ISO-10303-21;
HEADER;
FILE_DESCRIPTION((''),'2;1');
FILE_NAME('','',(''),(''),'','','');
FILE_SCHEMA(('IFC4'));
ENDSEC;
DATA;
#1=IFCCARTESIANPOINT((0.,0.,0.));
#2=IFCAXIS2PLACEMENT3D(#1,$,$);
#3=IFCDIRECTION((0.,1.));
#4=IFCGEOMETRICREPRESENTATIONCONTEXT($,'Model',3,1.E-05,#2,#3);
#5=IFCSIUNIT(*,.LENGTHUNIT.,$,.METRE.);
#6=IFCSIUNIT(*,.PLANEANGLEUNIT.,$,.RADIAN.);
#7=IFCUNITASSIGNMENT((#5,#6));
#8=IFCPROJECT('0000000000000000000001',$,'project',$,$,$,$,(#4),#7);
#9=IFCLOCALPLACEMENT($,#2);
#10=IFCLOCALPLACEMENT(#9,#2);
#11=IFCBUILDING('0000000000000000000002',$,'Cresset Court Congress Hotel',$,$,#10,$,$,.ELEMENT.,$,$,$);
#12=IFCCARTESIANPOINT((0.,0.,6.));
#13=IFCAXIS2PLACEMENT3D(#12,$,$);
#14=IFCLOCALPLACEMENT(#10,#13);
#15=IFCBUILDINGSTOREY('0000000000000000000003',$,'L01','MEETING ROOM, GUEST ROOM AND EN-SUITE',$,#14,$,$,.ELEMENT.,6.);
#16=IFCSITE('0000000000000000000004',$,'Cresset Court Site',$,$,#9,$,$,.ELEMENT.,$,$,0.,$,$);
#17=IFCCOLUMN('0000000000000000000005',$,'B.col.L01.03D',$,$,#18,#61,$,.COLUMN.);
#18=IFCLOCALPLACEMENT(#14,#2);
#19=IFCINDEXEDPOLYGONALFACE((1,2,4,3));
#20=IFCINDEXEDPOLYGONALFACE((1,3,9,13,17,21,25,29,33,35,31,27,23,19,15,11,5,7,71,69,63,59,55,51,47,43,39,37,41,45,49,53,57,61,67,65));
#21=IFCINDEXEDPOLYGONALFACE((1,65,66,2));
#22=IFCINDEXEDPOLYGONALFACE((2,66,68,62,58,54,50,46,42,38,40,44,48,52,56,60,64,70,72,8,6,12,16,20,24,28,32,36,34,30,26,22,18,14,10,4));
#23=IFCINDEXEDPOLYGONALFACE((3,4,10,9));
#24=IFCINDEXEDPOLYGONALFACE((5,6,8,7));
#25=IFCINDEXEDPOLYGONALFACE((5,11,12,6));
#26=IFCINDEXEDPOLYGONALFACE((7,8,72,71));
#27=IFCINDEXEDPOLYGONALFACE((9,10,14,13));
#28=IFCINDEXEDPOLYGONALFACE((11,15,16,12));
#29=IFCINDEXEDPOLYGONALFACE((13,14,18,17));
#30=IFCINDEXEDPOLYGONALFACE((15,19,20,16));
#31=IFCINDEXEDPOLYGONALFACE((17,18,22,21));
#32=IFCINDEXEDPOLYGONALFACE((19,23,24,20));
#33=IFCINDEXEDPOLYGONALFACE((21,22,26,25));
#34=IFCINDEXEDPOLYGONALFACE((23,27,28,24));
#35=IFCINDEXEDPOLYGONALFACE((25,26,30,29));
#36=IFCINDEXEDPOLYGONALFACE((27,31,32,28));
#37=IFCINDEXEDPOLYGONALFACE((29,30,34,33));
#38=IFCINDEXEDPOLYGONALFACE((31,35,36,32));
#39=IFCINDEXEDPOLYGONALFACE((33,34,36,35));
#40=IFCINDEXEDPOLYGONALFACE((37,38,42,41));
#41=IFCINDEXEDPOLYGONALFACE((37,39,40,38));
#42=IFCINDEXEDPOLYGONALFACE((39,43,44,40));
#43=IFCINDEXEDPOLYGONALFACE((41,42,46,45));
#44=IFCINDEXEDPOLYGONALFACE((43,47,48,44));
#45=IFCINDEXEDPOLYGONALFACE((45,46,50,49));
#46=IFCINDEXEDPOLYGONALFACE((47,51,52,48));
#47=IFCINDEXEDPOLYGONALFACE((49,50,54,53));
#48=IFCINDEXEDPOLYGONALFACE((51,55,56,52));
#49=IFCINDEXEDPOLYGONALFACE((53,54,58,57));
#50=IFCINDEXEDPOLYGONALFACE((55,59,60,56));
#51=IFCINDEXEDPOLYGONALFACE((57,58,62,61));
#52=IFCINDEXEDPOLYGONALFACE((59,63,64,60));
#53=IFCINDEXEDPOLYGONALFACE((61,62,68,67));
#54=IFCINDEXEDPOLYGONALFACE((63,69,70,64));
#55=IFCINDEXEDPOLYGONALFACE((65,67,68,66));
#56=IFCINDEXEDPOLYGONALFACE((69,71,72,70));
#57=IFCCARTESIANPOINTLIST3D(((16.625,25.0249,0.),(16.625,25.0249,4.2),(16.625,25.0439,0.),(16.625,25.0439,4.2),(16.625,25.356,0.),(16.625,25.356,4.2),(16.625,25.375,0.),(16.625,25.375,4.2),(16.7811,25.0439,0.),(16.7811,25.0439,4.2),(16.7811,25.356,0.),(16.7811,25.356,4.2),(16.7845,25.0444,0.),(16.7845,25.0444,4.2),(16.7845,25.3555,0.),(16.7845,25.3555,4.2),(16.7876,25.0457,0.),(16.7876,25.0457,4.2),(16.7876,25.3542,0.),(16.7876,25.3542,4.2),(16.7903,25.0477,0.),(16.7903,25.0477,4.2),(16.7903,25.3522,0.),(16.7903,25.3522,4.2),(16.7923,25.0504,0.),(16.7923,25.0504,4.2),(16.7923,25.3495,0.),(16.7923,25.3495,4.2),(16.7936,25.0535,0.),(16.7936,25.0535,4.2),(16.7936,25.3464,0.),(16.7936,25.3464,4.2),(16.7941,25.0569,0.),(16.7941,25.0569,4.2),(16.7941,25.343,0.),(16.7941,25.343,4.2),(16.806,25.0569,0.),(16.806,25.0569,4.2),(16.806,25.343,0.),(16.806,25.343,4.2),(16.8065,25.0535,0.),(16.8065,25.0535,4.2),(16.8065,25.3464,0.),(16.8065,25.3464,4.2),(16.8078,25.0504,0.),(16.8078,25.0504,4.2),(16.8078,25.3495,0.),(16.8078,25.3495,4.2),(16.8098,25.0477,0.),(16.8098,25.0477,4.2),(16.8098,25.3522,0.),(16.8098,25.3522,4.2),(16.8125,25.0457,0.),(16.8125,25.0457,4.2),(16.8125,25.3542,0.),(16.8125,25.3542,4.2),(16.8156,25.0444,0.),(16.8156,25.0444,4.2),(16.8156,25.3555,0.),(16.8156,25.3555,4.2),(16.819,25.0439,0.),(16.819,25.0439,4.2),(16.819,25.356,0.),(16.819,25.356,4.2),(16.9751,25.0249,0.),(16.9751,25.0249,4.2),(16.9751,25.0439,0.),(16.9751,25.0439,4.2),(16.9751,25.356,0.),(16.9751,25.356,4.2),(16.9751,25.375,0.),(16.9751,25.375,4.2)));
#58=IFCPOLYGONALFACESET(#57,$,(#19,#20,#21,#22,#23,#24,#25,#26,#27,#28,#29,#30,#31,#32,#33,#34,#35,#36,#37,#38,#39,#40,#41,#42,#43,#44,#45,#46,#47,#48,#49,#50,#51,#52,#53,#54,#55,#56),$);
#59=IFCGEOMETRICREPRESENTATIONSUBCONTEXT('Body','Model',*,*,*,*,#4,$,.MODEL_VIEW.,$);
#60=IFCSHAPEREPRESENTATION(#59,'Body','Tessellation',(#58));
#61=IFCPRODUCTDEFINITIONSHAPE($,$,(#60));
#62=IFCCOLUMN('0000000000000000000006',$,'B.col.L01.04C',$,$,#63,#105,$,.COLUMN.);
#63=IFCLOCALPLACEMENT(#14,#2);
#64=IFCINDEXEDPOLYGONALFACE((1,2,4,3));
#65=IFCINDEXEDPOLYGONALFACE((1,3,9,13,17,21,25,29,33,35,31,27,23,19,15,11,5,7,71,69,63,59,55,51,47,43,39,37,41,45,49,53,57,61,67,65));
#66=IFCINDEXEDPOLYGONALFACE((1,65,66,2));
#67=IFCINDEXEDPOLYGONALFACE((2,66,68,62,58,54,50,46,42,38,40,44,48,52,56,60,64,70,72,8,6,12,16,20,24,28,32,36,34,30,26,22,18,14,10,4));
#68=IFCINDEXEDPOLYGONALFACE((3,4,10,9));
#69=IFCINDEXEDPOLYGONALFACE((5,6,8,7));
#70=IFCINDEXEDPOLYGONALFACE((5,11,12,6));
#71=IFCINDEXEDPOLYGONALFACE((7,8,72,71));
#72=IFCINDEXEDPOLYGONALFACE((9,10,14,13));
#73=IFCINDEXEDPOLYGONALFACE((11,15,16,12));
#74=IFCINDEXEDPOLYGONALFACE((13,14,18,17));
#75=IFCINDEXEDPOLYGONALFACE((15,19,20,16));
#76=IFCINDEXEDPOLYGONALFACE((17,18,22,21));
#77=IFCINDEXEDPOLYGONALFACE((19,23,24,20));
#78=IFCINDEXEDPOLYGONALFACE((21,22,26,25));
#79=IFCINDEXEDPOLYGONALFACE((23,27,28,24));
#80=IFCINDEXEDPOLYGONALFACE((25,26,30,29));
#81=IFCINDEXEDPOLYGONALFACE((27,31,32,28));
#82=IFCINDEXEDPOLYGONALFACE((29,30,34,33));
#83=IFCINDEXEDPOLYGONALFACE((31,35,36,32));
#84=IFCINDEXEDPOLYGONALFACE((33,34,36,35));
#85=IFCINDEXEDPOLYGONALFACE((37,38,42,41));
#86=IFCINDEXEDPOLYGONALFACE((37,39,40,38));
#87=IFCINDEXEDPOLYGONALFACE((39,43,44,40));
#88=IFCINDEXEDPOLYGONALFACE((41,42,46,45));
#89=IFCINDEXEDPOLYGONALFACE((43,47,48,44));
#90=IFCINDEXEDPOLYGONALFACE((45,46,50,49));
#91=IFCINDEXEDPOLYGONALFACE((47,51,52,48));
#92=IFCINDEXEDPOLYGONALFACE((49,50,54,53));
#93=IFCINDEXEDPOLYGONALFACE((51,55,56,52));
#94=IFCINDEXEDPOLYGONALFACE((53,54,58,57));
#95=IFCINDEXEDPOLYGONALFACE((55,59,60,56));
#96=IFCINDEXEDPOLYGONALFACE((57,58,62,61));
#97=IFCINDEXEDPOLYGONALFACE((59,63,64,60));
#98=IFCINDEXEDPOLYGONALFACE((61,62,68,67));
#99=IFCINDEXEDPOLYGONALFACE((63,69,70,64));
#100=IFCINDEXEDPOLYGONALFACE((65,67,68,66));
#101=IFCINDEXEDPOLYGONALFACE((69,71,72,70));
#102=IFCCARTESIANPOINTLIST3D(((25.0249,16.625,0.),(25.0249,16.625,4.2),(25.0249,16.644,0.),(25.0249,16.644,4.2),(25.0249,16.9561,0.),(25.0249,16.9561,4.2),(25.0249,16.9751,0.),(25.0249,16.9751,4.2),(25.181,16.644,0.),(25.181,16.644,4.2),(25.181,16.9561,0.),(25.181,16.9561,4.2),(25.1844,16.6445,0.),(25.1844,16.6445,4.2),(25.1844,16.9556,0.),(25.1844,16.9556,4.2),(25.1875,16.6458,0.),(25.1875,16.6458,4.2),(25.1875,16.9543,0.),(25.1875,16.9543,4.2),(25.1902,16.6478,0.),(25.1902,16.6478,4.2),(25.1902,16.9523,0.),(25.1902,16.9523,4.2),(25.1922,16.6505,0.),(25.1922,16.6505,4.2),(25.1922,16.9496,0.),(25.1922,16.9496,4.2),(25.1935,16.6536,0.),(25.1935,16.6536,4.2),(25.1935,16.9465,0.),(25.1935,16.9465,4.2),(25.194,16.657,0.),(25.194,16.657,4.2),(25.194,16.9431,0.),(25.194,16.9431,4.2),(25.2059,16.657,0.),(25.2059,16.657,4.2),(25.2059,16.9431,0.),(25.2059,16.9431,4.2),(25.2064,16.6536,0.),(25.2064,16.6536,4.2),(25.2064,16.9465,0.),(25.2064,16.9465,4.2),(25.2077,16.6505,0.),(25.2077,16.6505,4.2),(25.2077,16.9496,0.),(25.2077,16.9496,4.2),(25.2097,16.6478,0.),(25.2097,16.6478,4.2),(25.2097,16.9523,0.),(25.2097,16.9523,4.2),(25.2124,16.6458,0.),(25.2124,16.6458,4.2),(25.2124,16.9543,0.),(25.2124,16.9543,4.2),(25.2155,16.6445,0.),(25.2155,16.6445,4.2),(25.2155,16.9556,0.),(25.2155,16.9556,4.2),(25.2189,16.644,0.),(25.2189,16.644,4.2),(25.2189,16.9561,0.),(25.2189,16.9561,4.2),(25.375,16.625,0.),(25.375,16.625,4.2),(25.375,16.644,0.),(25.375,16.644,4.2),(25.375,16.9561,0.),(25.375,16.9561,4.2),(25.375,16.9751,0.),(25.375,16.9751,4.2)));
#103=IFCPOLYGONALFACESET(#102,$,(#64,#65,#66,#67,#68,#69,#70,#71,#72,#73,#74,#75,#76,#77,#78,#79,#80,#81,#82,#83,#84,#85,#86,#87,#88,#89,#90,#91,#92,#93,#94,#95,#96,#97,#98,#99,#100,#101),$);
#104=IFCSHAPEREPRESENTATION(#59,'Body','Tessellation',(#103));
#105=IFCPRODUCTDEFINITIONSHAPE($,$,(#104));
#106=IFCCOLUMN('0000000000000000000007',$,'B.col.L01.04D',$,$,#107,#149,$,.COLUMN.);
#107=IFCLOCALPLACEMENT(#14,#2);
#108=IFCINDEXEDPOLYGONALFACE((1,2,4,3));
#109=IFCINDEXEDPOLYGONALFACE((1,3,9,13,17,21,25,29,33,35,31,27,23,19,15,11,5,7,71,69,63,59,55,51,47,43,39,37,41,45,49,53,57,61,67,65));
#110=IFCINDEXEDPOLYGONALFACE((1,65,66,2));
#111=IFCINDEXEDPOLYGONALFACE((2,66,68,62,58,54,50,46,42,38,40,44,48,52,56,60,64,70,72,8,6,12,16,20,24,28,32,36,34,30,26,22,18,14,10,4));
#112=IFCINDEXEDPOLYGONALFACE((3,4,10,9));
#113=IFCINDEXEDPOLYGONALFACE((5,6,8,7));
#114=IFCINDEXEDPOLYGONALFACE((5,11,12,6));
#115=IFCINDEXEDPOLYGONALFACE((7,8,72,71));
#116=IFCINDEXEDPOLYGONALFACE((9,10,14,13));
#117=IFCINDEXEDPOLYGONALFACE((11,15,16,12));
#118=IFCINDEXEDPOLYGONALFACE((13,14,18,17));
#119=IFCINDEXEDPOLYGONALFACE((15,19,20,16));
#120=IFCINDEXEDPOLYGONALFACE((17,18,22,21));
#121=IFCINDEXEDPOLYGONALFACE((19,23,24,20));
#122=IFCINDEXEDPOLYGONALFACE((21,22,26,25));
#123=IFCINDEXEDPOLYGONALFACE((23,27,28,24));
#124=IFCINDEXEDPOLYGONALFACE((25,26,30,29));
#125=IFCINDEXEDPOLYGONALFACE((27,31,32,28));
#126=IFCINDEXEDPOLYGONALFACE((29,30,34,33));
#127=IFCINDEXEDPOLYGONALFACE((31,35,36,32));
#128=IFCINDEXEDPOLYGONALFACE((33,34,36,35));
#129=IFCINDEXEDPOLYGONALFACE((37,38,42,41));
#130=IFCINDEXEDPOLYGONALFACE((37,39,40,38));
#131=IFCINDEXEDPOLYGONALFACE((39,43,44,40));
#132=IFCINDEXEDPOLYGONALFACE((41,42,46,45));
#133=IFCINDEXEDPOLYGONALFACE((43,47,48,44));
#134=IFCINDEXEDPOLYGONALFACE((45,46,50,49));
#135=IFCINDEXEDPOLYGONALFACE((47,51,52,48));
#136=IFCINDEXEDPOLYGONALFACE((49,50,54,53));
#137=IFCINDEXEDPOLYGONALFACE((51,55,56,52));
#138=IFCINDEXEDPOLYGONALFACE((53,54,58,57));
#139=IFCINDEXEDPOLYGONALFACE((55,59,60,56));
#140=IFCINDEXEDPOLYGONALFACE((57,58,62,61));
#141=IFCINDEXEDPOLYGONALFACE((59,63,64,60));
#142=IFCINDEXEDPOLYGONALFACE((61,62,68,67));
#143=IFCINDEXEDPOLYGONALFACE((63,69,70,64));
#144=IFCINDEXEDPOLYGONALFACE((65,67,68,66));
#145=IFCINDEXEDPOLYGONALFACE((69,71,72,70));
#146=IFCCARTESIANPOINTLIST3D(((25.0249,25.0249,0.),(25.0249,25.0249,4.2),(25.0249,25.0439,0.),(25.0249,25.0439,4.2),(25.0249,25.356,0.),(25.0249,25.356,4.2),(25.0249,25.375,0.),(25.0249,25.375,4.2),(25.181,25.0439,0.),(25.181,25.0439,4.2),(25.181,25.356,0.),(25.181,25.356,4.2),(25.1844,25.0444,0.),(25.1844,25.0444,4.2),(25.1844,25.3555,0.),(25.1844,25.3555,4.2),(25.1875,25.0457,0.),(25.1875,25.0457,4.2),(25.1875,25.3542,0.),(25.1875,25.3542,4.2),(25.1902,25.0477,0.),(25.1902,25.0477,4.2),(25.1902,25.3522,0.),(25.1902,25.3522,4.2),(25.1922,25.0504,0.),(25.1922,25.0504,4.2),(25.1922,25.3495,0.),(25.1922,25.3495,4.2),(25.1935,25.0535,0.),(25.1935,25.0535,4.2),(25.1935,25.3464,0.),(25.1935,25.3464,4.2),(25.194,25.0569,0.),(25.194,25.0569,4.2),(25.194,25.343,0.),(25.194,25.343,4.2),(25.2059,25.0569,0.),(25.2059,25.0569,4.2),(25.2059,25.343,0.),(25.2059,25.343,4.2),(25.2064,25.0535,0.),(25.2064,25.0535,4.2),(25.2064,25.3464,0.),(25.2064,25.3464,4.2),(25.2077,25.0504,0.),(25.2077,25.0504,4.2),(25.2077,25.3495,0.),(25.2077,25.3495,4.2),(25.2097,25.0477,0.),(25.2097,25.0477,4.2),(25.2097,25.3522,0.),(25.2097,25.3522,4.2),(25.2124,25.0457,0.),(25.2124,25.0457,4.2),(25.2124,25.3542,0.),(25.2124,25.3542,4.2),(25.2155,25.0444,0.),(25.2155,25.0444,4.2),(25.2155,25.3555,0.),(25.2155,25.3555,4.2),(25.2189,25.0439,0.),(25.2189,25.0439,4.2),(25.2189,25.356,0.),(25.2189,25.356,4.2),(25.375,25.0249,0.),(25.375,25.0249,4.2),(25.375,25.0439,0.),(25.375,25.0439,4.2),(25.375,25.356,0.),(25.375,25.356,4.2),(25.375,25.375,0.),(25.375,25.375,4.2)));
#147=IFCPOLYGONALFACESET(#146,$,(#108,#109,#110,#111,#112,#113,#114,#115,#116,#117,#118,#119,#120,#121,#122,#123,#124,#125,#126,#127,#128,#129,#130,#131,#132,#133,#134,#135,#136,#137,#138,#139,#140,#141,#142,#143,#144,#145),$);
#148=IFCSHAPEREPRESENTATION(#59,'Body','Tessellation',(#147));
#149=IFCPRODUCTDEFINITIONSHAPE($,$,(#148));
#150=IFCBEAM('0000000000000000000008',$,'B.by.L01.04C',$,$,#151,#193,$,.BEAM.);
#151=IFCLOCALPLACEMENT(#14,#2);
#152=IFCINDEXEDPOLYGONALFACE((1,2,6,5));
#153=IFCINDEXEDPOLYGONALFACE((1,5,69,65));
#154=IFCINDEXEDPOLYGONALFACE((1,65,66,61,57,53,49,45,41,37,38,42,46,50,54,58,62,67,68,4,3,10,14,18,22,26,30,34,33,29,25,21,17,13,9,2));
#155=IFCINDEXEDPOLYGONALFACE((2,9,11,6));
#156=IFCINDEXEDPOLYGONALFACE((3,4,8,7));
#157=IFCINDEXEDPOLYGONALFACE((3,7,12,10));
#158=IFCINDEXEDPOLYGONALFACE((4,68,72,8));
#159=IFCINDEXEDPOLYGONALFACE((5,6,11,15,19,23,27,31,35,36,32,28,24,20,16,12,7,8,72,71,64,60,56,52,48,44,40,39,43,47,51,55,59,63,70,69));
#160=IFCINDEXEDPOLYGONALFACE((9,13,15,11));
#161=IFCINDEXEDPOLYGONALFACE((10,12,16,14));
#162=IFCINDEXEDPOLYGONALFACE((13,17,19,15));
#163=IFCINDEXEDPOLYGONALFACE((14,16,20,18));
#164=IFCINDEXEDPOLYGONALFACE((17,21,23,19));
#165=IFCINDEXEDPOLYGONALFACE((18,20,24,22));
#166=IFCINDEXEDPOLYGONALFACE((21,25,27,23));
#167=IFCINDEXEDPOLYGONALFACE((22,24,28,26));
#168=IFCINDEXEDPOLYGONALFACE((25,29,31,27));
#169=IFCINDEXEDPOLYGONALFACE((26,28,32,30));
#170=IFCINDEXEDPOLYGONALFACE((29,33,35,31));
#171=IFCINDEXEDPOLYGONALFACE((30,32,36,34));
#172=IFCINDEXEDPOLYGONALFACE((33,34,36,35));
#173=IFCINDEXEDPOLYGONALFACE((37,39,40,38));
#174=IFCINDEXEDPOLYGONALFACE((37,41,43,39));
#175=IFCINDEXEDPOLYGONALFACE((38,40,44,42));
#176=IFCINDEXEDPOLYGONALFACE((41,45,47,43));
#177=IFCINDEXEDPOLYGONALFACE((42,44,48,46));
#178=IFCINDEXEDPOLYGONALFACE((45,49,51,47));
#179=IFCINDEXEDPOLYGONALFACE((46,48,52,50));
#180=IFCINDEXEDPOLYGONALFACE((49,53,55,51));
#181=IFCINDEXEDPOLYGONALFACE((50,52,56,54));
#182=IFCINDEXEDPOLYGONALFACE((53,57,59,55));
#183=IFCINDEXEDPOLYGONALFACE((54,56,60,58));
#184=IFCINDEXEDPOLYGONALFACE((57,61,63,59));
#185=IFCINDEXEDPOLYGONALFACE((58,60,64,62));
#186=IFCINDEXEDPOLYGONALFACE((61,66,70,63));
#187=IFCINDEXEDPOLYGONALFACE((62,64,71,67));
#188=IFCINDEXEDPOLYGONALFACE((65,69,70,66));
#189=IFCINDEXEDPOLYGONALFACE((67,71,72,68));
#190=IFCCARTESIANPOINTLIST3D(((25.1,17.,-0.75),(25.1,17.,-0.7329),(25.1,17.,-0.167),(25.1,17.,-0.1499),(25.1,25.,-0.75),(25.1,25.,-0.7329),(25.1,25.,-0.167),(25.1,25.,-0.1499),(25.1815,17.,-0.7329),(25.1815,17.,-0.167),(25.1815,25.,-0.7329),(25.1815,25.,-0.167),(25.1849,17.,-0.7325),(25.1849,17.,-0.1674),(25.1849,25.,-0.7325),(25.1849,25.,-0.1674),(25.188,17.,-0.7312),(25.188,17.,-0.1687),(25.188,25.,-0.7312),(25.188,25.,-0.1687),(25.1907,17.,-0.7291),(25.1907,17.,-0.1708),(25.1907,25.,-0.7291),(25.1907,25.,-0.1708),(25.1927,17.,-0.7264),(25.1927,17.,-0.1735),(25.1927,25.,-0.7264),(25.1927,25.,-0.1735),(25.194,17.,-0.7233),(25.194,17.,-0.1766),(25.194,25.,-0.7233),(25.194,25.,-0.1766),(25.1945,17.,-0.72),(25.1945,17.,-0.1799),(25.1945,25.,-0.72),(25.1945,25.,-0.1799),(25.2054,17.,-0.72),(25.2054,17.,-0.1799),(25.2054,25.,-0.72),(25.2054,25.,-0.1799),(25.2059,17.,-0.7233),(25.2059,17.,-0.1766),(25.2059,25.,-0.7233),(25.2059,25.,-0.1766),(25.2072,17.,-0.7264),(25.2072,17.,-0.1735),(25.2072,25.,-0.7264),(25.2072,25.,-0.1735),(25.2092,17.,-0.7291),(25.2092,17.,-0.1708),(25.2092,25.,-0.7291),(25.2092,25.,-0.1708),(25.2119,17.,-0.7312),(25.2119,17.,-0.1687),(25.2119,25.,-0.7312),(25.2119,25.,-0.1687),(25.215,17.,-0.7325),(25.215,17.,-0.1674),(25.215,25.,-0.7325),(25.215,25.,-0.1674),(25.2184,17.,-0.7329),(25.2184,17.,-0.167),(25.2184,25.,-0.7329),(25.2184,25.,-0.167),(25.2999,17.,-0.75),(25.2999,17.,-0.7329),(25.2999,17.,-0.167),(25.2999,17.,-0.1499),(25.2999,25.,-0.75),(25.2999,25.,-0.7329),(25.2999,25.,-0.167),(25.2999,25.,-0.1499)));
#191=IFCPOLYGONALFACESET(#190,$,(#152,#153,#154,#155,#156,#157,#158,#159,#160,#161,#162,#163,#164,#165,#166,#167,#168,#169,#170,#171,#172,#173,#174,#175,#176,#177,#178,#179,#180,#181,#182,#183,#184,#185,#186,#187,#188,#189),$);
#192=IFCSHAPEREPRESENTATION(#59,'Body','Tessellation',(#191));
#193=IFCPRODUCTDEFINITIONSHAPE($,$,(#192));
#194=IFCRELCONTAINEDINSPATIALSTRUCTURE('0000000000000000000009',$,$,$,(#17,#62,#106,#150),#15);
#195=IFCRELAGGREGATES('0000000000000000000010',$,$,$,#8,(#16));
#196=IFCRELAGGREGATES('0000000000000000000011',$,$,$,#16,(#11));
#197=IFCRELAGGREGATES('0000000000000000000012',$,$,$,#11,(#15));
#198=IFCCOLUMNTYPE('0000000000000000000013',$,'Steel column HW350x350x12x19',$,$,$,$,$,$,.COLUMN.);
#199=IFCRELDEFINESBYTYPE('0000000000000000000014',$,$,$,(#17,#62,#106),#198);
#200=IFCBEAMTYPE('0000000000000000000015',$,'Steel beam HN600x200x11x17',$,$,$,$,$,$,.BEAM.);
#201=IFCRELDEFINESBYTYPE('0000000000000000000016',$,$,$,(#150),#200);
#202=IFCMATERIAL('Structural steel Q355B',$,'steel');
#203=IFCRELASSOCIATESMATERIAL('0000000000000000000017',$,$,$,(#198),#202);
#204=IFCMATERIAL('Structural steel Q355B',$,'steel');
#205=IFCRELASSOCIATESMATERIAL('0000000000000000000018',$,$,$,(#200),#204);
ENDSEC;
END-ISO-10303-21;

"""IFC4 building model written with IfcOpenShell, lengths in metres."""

from ifc_helpers import new_model, si_unit, direction, frame, origin, origin_2d, place, context, subcontext, project, spatial, i_section, extrude, material, material_profile, profile_set, type_object, element, save


model = new_model("IFC4")

# Units and contexts
model_context = context("Model", 3, precision=1e-05, world=origin(), true_north=direction((0.0, 1.0)))
body_context = subcontext(model_context, "Body", "Model", "MODEL_VIEW")
ifc_project = project(units=[si_unit("LENGTHUNIT", "METRE"), si_unit("PLANEANGLEUNIT", "RADIAN")], contexts=[model_context])

# Site, building, storey
site_placement = place(None, origin())
site = spatial("IfcSite", under=ifc_project, at=site_placement, Name="Cresset Court Site", CompositionType="ELEMENT", RefElevation=0.0)
building_placement = place(site_placement, origin())
building = spatial("IfcBuilding", under=site, at=building_placement, Name="Cresset Court Congress Hotel", CompositionType="ELEMENT")
storey_placement = place(building_placement, frame((0.0, 0.0, 6.0)))
storey = spatial("IfcBuildingStorey", under=building, at=storey_placement, Name="L01", Description="MEETING ROOM, GUEST ROOM AND EN-SUITE", CompositionType="ELEMENT", Elevation=6.0)

# Columns
ifc_material_1 = material(Name="Structural steel Q355B", Category="steel")
ifc_material_profile_1 = material_profile(ifc_material_1, i_section(OverallWidth=0.3501, OverallDepth=0.3501, WebThickness=0.012, FlangeThickness=0.019, FilletRadius=0.0129, at=origin_2d()), Name="HW350x350x12x19")
ifc_profile_set_1 = profile_set([ifc_material_profile_1], Name="Structural steel Q355B")
column_type = type_object("IfcColumnType", Name="Steel column HW350x350x12x19", PredefinedType="COLUMN", material=ifc_profile_set_1)
for number, where, z_axis, x_axis, name in (
    (1, (16.8, 25.2, 0.0), (0.0, 0.0, 1.0), (1.0, 0.0, 0.0), "B.col.L01.03D"),
    (2, (25.2, 16.8, 0.0), (0.0, 0.0, 1.0), (1.0, 0.0, 0.0), "B.col.L01.04C"),
    (3, (25.2, 25.2, 0.0), (0.0, 0.0, 1.0), (1.0, 0.0, 0.0), "B.col.L01.04D"),
):
    element("IfcColumn", number, at=place(storey_placement, frame(where, z_axis=z_axis, x_axis=x_axis)), inside=storey, type_object=column_type, Name=name, PredefinedType="COLUMN", context=body_context, shape_type="SweptSolid", body=[
        extrude(i_section(OverallWidth=0.3501, OverallDepth=0.3501, WebThickness=0.012, FlangeThickness=0.019, FilletRadius=0.0129, at=origin_2d()), origin(), (0.0, 0.0, 1.0), 4.2),
    ])

# Beam
ifc_material_2 = material(Name="Structural steel Q355B", Category="steel")
ifc_material_profile_2 = material_profile(ifc_material_2, i_section(OverallWidth=0.2, OverallDepth=0.6001, WebThickness=0.011, FlangeThickness=0.0171, FilletRadius=0.0129, at=origin_2d()), Name="HN600x200x11x17")
ifc_profile_set_2 = profile_set([ifc_material_profile_2], Name="Structural steel Q355B")
beam_type_1 = type_object("IfcBeamType", Name="Steel beam HN600x200x11x17", PredefinedType="BEAM", material=ifc_profile_set_2)
beam_1_placement = place(storey_placement, frame((25.2, 17.0, -0.45), z_axis=(0.0, 1.0, 0.0), x_axis=(-1.0, 0.0, 0.0)))
element("IfcBeam", 4, at=beam_1_placement, inside=storey, type_object=beam_type_1, Name="B.by.L01.04C", PredefinedType="BEAM", context=body_context, shape_type="SweptSolid", body=[
    extrude(i_section(OverallWidth=0.2, OverallDepth=0.6001, WebThickness=0.011, FlangeThickness=0.0171, FilletRadius=0.0129, at=origin_2d()), origin(), (0.0, 0.0, 1.0), 8.0),
])

save(model, "model.ifc")
